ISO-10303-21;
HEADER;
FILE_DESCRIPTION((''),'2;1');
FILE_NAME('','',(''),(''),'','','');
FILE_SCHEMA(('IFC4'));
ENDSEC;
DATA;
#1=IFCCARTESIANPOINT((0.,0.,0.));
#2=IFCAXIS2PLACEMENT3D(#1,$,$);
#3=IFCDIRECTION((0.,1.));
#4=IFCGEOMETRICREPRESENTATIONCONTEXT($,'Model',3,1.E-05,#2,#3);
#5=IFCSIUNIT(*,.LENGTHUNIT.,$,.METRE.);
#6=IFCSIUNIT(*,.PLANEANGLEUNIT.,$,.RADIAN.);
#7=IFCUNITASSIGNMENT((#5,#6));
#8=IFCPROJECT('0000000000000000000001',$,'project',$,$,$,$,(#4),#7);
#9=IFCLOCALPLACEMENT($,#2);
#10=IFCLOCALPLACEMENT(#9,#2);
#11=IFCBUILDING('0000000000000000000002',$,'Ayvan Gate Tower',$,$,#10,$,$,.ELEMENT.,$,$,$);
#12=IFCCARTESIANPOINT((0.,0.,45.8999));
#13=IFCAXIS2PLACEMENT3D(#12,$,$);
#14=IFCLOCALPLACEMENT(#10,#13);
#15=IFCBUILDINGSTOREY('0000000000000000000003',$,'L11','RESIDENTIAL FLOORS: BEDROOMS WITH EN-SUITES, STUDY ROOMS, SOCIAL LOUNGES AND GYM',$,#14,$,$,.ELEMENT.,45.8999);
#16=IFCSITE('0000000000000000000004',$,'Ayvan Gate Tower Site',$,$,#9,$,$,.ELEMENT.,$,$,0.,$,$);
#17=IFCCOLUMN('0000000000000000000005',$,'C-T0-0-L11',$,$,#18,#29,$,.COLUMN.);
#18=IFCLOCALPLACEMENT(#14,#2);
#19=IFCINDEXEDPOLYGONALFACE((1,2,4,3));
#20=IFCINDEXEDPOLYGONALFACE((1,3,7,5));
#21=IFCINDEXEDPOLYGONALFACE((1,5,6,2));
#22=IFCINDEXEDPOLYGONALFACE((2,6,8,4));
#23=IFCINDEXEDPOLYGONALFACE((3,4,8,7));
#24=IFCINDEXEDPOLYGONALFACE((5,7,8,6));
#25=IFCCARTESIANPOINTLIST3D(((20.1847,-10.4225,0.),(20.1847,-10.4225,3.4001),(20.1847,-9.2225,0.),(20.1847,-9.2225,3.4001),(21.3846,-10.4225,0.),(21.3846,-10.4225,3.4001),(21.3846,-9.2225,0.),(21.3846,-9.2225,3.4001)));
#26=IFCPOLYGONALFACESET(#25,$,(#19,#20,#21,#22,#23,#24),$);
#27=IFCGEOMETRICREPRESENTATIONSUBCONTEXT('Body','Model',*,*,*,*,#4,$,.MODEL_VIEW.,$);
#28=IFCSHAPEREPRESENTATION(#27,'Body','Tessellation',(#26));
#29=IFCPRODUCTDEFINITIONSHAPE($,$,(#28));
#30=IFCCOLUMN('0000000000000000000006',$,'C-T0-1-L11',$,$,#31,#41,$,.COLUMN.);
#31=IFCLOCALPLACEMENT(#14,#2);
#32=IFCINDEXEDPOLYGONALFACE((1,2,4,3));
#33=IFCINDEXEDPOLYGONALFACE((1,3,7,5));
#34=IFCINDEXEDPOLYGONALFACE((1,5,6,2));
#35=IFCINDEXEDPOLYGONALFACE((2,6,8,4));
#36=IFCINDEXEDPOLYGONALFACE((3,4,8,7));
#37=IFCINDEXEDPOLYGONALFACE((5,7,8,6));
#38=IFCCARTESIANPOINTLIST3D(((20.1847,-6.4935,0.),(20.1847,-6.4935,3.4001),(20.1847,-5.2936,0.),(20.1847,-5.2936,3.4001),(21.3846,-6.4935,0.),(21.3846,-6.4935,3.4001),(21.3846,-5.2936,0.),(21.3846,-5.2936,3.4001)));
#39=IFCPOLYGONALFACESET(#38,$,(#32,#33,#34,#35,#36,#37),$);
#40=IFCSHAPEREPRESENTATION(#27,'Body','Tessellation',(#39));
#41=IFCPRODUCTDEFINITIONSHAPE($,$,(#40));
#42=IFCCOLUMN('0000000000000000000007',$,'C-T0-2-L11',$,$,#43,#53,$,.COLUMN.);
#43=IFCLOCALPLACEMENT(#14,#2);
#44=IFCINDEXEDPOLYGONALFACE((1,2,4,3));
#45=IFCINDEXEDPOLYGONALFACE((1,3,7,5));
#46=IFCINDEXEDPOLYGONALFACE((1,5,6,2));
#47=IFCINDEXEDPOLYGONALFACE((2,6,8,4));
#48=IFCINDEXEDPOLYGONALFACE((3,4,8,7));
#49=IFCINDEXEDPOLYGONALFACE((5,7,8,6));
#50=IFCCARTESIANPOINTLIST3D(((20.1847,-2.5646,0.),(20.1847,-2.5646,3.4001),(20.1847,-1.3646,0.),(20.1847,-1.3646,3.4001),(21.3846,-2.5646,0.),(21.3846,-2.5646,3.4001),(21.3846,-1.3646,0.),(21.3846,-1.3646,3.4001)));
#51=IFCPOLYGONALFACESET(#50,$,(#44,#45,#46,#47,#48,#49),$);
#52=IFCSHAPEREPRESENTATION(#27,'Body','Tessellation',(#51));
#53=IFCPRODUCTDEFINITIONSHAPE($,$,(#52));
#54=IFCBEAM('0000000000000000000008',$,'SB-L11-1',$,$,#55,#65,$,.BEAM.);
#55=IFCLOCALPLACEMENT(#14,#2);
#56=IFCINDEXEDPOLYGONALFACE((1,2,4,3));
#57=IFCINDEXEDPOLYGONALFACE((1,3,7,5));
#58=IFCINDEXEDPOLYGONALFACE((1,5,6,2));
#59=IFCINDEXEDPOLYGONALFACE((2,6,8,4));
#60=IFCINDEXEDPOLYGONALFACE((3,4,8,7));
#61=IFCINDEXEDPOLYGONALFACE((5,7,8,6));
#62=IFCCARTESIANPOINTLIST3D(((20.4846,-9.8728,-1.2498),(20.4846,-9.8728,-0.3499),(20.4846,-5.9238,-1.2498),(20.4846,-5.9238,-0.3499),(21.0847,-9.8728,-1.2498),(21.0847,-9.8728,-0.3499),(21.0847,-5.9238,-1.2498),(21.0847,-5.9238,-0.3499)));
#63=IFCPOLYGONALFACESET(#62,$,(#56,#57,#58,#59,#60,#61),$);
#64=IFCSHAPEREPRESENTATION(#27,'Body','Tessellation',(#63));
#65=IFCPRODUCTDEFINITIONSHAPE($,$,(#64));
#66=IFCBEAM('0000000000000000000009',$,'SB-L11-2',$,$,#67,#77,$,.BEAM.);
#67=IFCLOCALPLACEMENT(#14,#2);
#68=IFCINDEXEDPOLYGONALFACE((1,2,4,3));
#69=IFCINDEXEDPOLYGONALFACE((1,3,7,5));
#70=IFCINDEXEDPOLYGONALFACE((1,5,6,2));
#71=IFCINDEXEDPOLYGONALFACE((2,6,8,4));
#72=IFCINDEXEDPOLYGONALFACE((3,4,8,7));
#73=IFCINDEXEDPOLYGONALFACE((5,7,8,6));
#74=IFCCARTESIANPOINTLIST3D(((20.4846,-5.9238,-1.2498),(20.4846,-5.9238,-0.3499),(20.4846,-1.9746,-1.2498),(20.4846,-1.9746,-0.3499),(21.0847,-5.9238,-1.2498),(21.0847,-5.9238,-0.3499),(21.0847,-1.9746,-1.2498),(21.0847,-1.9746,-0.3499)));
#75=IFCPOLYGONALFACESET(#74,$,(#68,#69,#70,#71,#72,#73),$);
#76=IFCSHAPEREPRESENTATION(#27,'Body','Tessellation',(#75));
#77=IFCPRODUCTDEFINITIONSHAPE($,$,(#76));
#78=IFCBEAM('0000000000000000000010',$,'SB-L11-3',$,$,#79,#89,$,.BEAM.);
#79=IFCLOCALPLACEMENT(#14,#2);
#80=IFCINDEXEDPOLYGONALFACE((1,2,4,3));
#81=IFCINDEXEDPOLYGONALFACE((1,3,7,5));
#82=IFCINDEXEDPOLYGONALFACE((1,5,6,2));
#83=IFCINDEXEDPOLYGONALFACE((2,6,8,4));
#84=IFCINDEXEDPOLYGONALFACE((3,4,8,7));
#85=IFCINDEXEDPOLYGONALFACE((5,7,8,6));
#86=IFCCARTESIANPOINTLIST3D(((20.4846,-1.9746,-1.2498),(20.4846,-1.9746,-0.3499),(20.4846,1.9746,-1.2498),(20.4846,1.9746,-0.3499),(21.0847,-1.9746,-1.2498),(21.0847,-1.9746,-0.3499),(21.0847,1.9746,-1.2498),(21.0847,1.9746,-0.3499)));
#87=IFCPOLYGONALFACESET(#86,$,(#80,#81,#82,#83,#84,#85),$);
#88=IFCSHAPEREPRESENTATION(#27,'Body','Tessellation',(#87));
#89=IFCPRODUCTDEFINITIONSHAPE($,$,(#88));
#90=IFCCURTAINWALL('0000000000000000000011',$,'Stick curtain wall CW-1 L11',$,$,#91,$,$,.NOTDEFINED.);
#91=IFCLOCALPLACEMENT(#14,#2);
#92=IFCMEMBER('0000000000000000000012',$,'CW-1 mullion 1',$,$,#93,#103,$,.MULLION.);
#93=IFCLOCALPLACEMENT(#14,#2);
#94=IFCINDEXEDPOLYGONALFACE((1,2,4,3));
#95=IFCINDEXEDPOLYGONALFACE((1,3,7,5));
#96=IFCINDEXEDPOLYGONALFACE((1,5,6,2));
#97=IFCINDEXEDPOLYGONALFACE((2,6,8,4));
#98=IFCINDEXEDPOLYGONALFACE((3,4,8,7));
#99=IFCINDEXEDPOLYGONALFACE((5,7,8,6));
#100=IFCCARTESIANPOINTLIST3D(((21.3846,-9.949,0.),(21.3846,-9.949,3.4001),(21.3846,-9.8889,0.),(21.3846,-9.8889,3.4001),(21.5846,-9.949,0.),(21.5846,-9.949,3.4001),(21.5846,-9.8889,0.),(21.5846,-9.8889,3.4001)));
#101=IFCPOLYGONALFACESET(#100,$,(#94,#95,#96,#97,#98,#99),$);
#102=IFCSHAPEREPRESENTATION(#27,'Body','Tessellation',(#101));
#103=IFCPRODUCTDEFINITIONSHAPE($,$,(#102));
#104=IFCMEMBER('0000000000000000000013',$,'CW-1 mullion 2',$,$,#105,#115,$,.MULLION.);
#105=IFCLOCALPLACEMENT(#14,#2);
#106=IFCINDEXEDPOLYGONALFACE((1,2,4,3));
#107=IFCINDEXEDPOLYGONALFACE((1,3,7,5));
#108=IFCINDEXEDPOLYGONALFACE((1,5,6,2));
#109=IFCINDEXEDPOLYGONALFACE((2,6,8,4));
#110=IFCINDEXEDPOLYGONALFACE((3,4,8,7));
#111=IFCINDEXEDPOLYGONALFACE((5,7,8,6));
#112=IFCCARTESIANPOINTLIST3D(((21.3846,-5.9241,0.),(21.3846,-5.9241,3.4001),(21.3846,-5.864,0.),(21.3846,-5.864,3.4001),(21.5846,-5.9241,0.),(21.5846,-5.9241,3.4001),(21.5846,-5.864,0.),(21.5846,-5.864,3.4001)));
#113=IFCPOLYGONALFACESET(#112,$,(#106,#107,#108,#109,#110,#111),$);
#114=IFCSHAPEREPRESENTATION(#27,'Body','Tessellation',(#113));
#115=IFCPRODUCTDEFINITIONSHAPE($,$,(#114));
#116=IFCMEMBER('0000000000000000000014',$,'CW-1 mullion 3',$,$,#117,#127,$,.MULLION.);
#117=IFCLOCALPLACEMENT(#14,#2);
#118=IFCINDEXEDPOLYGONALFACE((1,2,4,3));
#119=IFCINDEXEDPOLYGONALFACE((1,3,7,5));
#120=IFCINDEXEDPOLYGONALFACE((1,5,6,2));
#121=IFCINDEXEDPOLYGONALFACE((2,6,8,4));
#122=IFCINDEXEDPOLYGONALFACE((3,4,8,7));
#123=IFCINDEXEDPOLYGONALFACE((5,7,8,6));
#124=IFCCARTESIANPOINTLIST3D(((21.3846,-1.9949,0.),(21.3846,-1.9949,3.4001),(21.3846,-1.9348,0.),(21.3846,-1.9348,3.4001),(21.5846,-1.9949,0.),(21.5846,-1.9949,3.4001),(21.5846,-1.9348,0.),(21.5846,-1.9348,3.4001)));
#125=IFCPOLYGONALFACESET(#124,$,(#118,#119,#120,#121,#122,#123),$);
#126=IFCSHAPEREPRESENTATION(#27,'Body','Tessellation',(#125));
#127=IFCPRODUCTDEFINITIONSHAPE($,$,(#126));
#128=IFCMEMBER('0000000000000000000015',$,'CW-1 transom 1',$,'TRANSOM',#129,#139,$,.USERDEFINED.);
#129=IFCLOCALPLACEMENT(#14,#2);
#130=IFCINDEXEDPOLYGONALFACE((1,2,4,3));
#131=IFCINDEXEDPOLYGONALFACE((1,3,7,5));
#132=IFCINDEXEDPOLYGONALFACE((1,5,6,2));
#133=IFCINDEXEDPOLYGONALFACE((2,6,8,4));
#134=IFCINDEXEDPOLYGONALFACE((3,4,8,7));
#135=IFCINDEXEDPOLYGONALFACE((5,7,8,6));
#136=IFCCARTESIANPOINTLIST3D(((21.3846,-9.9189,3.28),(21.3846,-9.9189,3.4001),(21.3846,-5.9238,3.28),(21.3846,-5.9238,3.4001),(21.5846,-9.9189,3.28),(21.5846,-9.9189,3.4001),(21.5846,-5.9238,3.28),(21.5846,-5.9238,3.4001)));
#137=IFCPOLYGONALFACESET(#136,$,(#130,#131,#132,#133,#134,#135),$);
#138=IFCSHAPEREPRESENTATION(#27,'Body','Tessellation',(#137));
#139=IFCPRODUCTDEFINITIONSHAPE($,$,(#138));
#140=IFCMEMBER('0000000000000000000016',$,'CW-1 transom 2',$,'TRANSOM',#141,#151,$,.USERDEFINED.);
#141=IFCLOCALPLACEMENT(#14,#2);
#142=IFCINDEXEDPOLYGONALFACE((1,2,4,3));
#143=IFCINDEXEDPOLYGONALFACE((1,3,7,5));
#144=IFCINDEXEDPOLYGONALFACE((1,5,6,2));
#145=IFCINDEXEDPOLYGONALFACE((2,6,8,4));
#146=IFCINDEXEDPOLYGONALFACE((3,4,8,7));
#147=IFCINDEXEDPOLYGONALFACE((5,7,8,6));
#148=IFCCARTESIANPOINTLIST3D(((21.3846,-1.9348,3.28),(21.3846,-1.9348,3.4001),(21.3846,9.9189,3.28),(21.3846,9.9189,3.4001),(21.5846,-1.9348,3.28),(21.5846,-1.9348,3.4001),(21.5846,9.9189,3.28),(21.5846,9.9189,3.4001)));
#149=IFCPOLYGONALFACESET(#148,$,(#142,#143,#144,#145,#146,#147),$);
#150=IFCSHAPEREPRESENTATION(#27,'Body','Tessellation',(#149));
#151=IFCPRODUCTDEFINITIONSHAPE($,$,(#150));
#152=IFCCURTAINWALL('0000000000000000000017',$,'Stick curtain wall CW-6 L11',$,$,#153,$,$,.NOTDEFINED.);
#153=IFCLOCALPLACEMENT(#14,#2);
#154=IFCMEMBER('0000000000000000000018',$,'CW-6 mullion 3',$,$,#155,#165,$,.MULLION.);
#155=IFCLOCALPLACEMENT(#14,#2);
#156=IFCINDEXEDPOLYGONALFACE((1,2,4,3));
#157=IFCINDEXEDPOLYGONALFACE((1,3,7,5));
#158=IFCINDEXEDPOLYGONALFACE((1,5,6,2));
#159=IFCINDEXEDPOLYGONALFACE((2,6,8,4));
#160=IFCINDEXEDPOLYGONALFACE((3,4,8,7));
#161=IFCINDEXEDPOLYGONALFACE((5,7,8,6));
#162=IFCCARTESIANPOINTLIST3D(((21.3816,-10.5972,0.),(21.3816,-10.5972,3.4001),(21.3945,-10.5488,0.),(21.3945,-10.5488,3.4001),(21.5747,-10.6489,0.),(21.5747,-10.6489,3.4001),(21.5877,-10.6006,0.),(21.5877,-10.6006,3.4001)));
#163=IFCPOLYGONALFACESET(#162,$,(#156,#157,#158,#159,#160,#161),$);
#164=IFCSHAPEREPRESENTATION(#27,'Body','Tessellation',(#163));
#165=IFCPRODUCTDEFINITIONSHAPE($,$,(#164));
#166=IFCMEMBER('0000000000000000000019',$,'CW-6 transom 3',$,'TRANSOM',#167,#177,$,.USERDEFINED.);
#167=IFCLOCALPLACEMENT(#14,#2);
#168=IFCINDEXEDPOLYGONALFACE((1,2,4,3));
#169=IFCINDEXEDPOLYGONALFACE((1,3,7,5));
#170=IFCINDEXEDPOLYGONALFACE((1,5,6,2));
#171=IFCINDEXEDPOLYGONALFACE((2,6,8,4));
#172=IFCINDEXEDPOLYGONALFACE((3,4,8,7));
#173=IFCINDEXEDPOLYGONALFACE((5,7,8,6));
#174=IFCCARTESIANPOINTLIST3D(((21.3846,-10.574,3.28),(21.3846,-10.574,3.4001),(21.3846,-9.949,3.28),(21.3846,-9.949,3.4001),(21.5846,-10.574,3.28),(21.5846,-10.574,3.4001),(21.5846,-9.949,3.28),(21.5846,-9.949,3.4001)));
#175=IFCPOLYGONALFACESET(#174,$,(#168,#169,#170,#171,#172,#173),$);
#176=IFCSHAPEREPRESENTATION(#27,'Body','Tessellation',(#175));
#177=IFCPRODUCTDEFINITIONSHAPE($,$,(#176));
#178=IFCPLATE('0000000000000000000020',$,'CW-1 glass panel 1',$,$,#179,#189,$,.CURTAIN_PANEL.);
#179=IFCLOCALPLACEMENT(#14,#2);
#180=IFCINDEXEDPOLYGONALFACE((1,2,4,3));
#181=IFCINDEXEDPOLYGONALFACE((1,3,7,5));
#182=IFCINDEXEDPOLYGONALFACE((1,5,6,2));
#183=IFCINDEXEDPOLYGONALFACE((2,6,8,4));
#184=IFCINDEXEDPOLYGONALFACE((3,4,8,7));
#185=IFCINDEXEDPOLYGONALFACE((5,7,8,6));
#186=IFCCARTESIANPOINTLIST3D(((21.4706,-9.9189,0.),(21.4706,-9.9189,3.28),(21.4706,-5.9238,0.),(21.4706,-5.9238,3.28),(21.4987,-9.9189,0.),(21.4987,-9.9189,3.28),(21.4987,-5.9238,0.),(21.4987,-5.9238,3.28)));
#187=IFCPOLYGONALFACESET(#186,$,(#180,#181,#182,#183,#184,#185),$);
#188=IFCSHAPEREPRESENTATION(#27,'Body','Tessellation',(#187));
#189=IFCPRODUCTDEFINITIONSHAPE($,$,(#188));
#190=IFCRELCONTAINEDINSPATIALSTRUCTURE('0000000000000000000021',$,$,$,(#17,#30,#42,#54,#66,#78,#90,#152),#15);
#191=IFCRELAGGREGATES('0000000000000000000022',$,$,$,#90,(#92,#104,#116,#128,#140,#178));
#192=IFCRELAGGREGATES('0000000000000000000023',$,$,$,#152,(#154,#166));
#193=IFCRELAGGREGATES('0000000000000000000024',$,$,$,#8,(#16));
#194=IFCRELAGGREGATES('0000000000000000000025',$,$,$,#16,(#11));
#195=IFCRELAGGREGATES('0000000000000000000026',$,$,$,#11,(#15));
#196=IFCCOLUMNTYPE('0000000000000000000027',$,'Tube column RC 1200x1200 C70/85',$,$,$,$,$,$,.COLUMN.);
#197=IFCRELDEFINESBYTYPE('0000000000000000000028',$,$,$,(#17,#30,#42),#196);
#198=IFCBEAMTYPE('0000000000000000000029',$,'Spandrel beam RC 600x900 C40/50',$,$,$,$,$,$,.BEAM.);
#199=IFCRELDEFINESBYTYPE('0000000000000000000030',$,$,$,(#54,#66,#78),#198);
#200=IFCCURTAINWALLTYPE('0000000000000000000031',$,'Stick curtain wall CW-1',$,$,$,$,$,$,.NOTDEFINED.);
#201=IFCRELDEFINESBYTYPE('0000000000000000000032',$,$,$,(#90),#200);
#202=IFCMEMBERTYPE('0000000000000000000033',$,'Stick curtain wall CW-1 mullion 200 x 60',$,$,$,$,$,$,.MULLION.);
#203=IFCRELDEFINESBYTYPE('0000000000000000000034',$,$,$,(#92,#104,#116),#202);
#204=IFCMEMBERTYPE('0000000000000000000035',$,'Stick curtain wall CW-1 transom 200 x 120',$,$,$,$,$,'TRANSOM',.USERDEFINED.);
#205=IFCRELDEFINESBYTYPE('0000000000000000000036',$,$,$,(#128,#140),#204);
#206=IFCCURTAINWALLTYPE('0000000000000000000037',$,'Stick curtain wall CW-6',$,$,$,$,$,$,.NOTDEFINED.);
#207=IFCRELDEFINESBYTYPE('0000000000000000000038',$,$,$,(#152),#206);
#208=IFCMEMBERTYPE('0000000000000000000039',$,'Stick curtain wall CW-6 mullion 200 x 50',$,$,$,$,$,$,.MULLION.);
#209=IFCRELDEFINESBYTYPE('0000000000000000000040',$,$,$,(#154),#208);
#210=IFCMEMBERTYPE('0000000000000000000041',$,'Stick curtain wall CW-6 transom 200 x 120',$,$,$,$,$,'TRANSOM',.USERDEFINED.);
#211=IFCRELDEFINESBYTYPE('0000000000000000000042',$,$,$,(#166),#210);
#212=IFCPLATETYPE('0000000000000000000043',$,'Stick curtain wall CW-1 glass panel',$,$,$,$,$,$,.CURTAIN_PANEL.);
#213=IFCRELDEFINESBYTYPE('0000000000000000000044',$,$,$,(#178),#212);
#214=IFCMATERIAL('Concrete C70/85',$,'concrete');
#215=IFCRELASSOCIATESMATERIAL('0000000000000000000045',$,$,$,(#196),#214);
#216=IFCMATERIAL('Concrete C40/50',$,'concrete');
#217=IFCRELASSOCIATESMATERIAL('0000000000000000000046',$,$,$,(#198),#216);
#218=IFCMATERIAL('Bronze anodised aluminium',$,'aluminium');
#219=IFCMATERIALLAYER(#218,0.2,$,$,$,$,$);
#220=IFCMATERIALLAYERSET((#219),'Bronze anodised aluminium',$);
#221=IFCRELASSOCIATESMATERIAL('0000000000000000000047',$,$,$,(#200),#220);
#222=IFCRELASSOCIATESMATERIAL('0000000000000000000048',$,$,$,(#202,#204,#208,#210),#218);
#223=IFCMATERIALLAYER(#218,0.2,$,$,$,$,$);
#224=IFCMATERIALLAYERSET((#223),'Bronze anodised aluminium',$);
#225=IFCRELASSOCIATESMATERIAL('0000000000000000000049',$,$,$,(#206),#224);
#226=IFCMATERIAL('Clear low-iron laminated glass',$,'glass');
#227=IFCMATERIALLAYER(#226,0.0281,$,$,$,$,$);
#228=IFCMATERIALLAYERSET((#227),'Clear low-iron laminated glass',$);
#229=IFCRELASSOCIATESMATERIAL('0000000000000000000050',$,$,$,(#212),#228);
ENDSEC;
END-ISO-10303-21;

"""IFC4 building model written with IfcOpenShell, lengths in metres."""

from ifc_helpers import new_model, si_unit, direction, frame, origin, origin_2d, place, context, subcontext, project, spatial, rectangle, extrude, material, layer, layer_set, material_profile, profile_set, type_object, element, aggregate, save


model = new_model("IFC4")

# Units and contexts
model_context = context("Model", 3, precision=1e-05, world=origin(), true_north=direction((0.0, 1.0)))
body_context = subcontext(model_context, "Body", "Model", "MODEL_VIEW")
ifc_project = project(units=[si_unit("LENGTHUNIT", "METRE"), si_unit("PLANEANGLEUNIT", "RADIAN")], contexts=[model_context])

# Site, building, storey
site_placement = place(None, origin())
site = spatial("IfcSite", under=ifc_project, at=site_placement, Name="Ayvan Gate Tower Site", CompositionType="ELEMENT", RefElevation=0.0)
building_placement = place(site_placement, origin())
building = spatial("IfcBuilding", under=site, at=building_placement, Name="Ayvan Gate Tower", CompositionType="ELEMENT")
storey_placement = place(building_placement, frame((0.0, 0.0, 45.8999)))
storey = spatial("IfcBuildingStorey", under=building, at=storey_placement, Name="L11", Description="RESIDENTIAL FLOORS: BEDROOMS WITH EN-SUITES, STUDY ROOMS, SOCIAL LOUNGES AND GYM", CompositionType="ELEMENT", Elevation=45.8999)

# Columns
ifc_material_1 = material(Name="Concrete C70/85", Category="concrete")
ifc_material_profile_1 = material_profile(ifc_material_1, rectangle(XDim=1.2, YDim=1.2, at=origin_2d()), Name="RC 1200x1200")
ifc_profile_set_1 = profile_set([ifc_material_profile_1], Name="Concrete C70/85")
column_type = type_object("IfcColumnType", Name="Tube column RC 1200x1200 C70/85", PredefinedType="COLUMN", material=ifc_profile_set_1)
for number, where, z_axis, x_axis, name in (
    (1, (20.7847, -9.8225, 0.0), (0.0, 0.0, 1.0), (1.0, 0.0, 0.0), "C-T0-0-L11"),
    (2, (20.7847, -5.8936, 0.0), (0.0, 0.0, 1.0), (1.0, 0.0, 0.0), "C-T0-1-L11"),
    (3, (20.7847, -1.9646, 0.0), (0.0, 0.0, 1.0), (1.0, 0.0, 0.0), "C-T0-2-L11"),
):
    element("IfcColumn", number, at=place(storey_placement, frame(where, z_axis=z_axis, x_axis=x_axis)), inside=storey, type_object=column_type, Name=name, PredefinedType="COLUMN", context=body_context, shape_type="SweptSolid", body=[
        extrude(rectangle(XDim=1.2, YDim=1.2, at=origin_2d()), origin(), (0.0, 0.0, 1.0), 3.4001),
    ])

# Beams
ifc_material_2 = material(Name="Concrete C40/50", Category="concrete")
ifc_material_profile_2 = material_profile(ifc_material_2, rectangle(XDim=0.6001, YDim=0.8999, at=origin_2d()), Name="RC 600x900")
ifc_profile_set_2 = profile_set([ifc_material_profile_2], Name="Concrete C40/50")
beam_type = type_object("IfcBeamType", Name="Spandrel beam RC 600x900 C40/50", PredefinedType="BEAM", material=ifc_profile_set_2)
beam_placement = place(storey_placement, frame((20.7847, -9.8728, -0.7998), z_axis=(0.0, 1.0, 0.0), x_axis=(-1.0, 0.0, 0.0)))
element("IfcBeam", 4, at=beam_placement, inside=storey, type_object=beam_type, Name="SB-L11-1", PredefinedType="BEAM", context=body_context, shape_type="SweptSolid", body=[
    extrude(rectangle(XDim=0.6001, YDim=0.8999, at=origin_2d()), origin(), (0.0, 0.0, 1.0), 3.949),
])
for number, where, z_axis, x_axis, name in (
    (5, (20.7847, -5.9238, -0.7998), (0.0, 1.0, 0.0), (-1.0, 0.0, 0.0), "SB-L11-2"),
    (6, (20.7847, -1.9746, -0.7998), (0.0, 1.0, 0.0), (-1.0, 0.0, 0.0), "SB-L11-3"),
):
    element("IfcBeam", number, at=place(storey_placement, frame(where, z_axis=z_axis, x_axis=x_axis)), inside=storey, type_object=beam_type, Name=name, PredefinedType="BEAM", context=body_context, shape_type="SweptSolid", body=[
        extrude(rectangle(XDim=0.6001, YDim=0.8999, at=origin_2d()), origin(), (0.0, 0.0, 1.0), 3.9492),
    ])

# Curtain walls, members
ifc_material_3 = material(Name="Bronze anodised aluminium", Category="aluminium")
ifc_layer_1 = layer(ifc_material_3, 0.2)
ifc_layer_set_1 = layer_set([ifc_layer_1], Name="Bronze anodised aluminium")
curtain_wall_type_1 = type_object("IfcCurtainWallType", Name="Stick curtain wall CW-1", PredefinedType="NOTDEFINED", material=ifc_layer_set_1)
curtain_wall_1_placement = place(storey_placement, origin())
curtain_wall_1 = element("IfcCurtainWall", 7, at=curtain_wall_1_placement, inside=storey, type_object=curtain_wall_type_1, Name="Stick curtain wall CW-1 L11", PredefinedType="NOTDEFINED")
ifc_material_profile_3 = material_profile(ifc_material_3, rectangle(XDim=0.2, YDim=0.0601, at=origin_2d()), Name="Stick curtain wall CW-1 mullion 200 x 60")
ifc_profile_set_3 = profile_set([ifc_material_profile_3], Name="Bronze anodised aluminium")
member_type_1 = type_object("IfcMemberType", Name="Stick curtain wall CW-1 mullion 200 x 60", PredefinedType="MULLION", material=ifc_profile_set_3)
member_1_placement = place(storey_placement, frame((21.4846, -9.9189, 0.0), z_axis=(0.0, 0.0, 1.0), x_axis=(1.0, 0.0, 0.0)))
member_1 = element("IfcMember", 8, at=member_1_placement, type_object=member_type_1, Name="CW-1 mullion 1", PredefinedType="MULLION", context=body_context, shape_type="SweptSolid", body=[
    extrude(rectangle(XDim=0.2, YDim=0.0601, at=origin_2d()), origin(), (0.0, 0.0, 1.0), 3.4001),
])
member_2_placement = place(storey_placement, frame((21.4846, -5.894, 0.0), z_axis=(0.0, 0.0, 1.0), x_axis=(1.0, 0.0, 0.0)))
member_2 = element("IfcMember", 9, at=member_2_placement, type_object=member_type_1, Name="CW-1 mullion 2", PredefinedType="MULLION", context=body_context, shape_type="SweptSolid", body=[
    extrude(rectangle(XDim=0.2, YDim=0.0601, at=origin_2d()), origin(), (0.0, 0.0, 1.0), 3.4001),
])
member_3_placement = place(storey_placement, frame((21.4846, -1.9648, 0.0), z_axis=(0.0, 0.0, 1.0), x_axis=(1.0, 0.0, 0.0)))
member_3 = element("IfcMember", 10, at=member_3_placement, type_object=member_type_1, Name="CW-1 mullion 3", PredefinedType="MULLION", context=body_context, shape_type="SweptSolid", body=[
    extrude(rectangle(XDim=0.2, YDim=0.0601, at=origin_2d()), origin(), (0.0, 0.0, 1.0), 3.4001),
])
ifc_material_profile_4 = material_profile(ifc_material_3, rectangle(XDim=0.2, YDim=0.1201, at=origin_2d()), Name="Stick curtain wall CW-1 transom 200 x 120")
ifc_profile_set_4 = profile_set([ifc_material_profile_4], Name="Bronze anodised aluminium")
member_type_2 = type_object("IfcMemberType", Name="Stick curtain wall CW-1 transom 200 x 120", ElementType="TRANSOM", PredefinedType="USERDEFINED", material=ifc_profile_set_4)
member_4_placement = place(storey_placement, frame((21.4846, -9.9189, 3.3401), z_axis=(0.0, 1.0, 0.0), x_axis=(-1.0, 0.0, 0.0)))
member_4 = element("IfcMember", 11, at=member_4_placement, type_object=member_type_2, Name="CW-1 transom 1", ObjectType="TRANSOM", PredefinedType="USERDEFINED", context=body_context, shape_type="SweptSolid", body=[
    extrude(rectangle(XDim=0.2, YDim=0.1201, at=origin_2d()), origin(), (0.0, 0.0, 1.0), 3.9951),
])
member_5_placement = place(storey_placement, frame((21.4846, -1.9348, 3.3401), z_axis=(0.0, 1.0, 0.0), x_axis=(-1.0, 0.0, 0.0)))
member_5 = element("IfcMember", 12, at=member_5_placement, type_object=member_type_2, Name="CW-1 transom 2", ObjectType="TRANSOM", PredefinedType="USERDEFINED", context=body_context, shape_type="SweptSolid", body=[
    extrude(rectangle(XDim=0.2, YDim=0.1201, at=origin_2d()), origin(), (0.0, 0.0, 1.0), 11.8538),
])
ifc_layer_2 = layer(ifc_material_3, 0.2)
ifc_layer_set_2 = layer_set([ifc_layer_2], Name="Bronze anodised aluminium")
curtain_wall_type_2 = type_object("IfcCurtainWallType", Name="Stick curtain wall CW-6", PredefinedType="NOTDEFINED", material=ifc_layer_set_2)
curtain_wall_2_placement = place(storey_placement, origin())
curtain_wall_2 = element("IfcCurtainWall", 13, at=curtain_wall_2_placement, inside=storey, type_object=curtain_wall_type_2, Name="Stick curtain wall CW-6 L11", PredefinedType="NOTDEFINED")
ifc_material_profile_5 = material_profile(ifc_material_3, rectangle(XDim=0.2, YDim=0.05, at=origin_2d()), Name="Stick curtain wall CW-6 mullion 200 x 50")
ifc_profile_set_5 = profile_set([ifc_material_profile_5], Name="Bronze anodised aluminium")
member_type_3 = type_object("IfcMemberType", Name="Stick curtain wall CW-6 mullion 200 x 50", PredefinedType="MULLION", material=ifc_profile_set_5)
member_6_placement = place(storey_placement, frame((21.4846, -10.5989, 0.0), z_axis=(0.0, 0.0, 1.0), x_axis=(0.965926, -0.258819, 0.0)))
member_6 = element("IfcMember", 14, at=member_6_placement, type_object=member_type_3, Name="CW-6 mullion 3", PredefinedType="MULLION", context=body_context, shape_type="SweptSolid", body=[
    extrude(rectangle(XDim=0.2, YDim=0.05, at=origin_2d()), origin(), (0.0, 0.0, 1.0), 3.4001),
])
ifc_material_profile_6 = material_profile(ifc_material_3, rectangle(XDim=0.2, YDim=0.1201, at=origin_2d()), Name="Stick curtain wall CW-6 transom 200 x 120")
ifc_profile_set_6 = profile_set([ifc_material_profile_6], Name="Bronze anodised aluminium")
member_type_4 = type_object("IfcMemberType", Name="Stick curtain wall CW-6 transom 200 x 120", ElementType="TRANSOM", PredefinedType="USERDEFINED", material=ifc_profile_set_6)
member_7_placement = place(storey_placement, frame((21.4846, -10.574, 3.3401), z_axis=(0.0, 1.0, 0.0), x_axis=(-1.0, 0.0, 0.0)))
member_7 = element("IfcMember", 15, at=member_7_placement, type_object=member_type_4, Name="CW-6 transom 3", ObjectType="TRANSOM", PredefinedType="USERDEFINED", context=body_context, shape_type="SweptSolid", body=[
    extrude(rectangle(XDim=0.2, YDim=0.1201, at=origin_2d()), origin(), (0.0, 0.0, 1.0), 0.625),
])

# Plate
ifc_material_4 = material(Name="Clear low-iron laminated glass", Category="glass")
ifc_layer_3 = layer(ifc_material_4, 0.0281)
ifc_layer_set_3 = layer_set([ifc_layer_3], Name="Clear low-iron laminated glass")
plate_type_1 = type_object("IfcPlateType", Name="Stick curtain wall CW-1 glass panel", PredefinedType="CURTAIN_PANEL", material=ifc_layer_set_3)
plate_1_placement = place(storey_placement, frame((21.4846, -7.9214, 0.0), z_axis=(0.0, 0.0, 1.0), x_axis=(0.0, 1.0, 0.0)))
plate_1 = element("IfcPlate", 16, at=plate_1_placement, type_object=plate_type_1, Name="CW-1 glass panel 1", PredefinedType="CURTAIN_PANEL", context=body_context, shape_type="SweptSolid", body=[
    extrude(rectangle(XDim=3.9951, YDim=0.0281, at=origin_2d()), origin(), (0.0, 0.0, 1.0), 3.28),
])
aggregate(curtain_wall_1, [member_1, member_2, member_3, member_4, member_5, plate_1])
aggregate(curtain_wall_2, [member_6, member_7])

save(model, "model.ifc")
